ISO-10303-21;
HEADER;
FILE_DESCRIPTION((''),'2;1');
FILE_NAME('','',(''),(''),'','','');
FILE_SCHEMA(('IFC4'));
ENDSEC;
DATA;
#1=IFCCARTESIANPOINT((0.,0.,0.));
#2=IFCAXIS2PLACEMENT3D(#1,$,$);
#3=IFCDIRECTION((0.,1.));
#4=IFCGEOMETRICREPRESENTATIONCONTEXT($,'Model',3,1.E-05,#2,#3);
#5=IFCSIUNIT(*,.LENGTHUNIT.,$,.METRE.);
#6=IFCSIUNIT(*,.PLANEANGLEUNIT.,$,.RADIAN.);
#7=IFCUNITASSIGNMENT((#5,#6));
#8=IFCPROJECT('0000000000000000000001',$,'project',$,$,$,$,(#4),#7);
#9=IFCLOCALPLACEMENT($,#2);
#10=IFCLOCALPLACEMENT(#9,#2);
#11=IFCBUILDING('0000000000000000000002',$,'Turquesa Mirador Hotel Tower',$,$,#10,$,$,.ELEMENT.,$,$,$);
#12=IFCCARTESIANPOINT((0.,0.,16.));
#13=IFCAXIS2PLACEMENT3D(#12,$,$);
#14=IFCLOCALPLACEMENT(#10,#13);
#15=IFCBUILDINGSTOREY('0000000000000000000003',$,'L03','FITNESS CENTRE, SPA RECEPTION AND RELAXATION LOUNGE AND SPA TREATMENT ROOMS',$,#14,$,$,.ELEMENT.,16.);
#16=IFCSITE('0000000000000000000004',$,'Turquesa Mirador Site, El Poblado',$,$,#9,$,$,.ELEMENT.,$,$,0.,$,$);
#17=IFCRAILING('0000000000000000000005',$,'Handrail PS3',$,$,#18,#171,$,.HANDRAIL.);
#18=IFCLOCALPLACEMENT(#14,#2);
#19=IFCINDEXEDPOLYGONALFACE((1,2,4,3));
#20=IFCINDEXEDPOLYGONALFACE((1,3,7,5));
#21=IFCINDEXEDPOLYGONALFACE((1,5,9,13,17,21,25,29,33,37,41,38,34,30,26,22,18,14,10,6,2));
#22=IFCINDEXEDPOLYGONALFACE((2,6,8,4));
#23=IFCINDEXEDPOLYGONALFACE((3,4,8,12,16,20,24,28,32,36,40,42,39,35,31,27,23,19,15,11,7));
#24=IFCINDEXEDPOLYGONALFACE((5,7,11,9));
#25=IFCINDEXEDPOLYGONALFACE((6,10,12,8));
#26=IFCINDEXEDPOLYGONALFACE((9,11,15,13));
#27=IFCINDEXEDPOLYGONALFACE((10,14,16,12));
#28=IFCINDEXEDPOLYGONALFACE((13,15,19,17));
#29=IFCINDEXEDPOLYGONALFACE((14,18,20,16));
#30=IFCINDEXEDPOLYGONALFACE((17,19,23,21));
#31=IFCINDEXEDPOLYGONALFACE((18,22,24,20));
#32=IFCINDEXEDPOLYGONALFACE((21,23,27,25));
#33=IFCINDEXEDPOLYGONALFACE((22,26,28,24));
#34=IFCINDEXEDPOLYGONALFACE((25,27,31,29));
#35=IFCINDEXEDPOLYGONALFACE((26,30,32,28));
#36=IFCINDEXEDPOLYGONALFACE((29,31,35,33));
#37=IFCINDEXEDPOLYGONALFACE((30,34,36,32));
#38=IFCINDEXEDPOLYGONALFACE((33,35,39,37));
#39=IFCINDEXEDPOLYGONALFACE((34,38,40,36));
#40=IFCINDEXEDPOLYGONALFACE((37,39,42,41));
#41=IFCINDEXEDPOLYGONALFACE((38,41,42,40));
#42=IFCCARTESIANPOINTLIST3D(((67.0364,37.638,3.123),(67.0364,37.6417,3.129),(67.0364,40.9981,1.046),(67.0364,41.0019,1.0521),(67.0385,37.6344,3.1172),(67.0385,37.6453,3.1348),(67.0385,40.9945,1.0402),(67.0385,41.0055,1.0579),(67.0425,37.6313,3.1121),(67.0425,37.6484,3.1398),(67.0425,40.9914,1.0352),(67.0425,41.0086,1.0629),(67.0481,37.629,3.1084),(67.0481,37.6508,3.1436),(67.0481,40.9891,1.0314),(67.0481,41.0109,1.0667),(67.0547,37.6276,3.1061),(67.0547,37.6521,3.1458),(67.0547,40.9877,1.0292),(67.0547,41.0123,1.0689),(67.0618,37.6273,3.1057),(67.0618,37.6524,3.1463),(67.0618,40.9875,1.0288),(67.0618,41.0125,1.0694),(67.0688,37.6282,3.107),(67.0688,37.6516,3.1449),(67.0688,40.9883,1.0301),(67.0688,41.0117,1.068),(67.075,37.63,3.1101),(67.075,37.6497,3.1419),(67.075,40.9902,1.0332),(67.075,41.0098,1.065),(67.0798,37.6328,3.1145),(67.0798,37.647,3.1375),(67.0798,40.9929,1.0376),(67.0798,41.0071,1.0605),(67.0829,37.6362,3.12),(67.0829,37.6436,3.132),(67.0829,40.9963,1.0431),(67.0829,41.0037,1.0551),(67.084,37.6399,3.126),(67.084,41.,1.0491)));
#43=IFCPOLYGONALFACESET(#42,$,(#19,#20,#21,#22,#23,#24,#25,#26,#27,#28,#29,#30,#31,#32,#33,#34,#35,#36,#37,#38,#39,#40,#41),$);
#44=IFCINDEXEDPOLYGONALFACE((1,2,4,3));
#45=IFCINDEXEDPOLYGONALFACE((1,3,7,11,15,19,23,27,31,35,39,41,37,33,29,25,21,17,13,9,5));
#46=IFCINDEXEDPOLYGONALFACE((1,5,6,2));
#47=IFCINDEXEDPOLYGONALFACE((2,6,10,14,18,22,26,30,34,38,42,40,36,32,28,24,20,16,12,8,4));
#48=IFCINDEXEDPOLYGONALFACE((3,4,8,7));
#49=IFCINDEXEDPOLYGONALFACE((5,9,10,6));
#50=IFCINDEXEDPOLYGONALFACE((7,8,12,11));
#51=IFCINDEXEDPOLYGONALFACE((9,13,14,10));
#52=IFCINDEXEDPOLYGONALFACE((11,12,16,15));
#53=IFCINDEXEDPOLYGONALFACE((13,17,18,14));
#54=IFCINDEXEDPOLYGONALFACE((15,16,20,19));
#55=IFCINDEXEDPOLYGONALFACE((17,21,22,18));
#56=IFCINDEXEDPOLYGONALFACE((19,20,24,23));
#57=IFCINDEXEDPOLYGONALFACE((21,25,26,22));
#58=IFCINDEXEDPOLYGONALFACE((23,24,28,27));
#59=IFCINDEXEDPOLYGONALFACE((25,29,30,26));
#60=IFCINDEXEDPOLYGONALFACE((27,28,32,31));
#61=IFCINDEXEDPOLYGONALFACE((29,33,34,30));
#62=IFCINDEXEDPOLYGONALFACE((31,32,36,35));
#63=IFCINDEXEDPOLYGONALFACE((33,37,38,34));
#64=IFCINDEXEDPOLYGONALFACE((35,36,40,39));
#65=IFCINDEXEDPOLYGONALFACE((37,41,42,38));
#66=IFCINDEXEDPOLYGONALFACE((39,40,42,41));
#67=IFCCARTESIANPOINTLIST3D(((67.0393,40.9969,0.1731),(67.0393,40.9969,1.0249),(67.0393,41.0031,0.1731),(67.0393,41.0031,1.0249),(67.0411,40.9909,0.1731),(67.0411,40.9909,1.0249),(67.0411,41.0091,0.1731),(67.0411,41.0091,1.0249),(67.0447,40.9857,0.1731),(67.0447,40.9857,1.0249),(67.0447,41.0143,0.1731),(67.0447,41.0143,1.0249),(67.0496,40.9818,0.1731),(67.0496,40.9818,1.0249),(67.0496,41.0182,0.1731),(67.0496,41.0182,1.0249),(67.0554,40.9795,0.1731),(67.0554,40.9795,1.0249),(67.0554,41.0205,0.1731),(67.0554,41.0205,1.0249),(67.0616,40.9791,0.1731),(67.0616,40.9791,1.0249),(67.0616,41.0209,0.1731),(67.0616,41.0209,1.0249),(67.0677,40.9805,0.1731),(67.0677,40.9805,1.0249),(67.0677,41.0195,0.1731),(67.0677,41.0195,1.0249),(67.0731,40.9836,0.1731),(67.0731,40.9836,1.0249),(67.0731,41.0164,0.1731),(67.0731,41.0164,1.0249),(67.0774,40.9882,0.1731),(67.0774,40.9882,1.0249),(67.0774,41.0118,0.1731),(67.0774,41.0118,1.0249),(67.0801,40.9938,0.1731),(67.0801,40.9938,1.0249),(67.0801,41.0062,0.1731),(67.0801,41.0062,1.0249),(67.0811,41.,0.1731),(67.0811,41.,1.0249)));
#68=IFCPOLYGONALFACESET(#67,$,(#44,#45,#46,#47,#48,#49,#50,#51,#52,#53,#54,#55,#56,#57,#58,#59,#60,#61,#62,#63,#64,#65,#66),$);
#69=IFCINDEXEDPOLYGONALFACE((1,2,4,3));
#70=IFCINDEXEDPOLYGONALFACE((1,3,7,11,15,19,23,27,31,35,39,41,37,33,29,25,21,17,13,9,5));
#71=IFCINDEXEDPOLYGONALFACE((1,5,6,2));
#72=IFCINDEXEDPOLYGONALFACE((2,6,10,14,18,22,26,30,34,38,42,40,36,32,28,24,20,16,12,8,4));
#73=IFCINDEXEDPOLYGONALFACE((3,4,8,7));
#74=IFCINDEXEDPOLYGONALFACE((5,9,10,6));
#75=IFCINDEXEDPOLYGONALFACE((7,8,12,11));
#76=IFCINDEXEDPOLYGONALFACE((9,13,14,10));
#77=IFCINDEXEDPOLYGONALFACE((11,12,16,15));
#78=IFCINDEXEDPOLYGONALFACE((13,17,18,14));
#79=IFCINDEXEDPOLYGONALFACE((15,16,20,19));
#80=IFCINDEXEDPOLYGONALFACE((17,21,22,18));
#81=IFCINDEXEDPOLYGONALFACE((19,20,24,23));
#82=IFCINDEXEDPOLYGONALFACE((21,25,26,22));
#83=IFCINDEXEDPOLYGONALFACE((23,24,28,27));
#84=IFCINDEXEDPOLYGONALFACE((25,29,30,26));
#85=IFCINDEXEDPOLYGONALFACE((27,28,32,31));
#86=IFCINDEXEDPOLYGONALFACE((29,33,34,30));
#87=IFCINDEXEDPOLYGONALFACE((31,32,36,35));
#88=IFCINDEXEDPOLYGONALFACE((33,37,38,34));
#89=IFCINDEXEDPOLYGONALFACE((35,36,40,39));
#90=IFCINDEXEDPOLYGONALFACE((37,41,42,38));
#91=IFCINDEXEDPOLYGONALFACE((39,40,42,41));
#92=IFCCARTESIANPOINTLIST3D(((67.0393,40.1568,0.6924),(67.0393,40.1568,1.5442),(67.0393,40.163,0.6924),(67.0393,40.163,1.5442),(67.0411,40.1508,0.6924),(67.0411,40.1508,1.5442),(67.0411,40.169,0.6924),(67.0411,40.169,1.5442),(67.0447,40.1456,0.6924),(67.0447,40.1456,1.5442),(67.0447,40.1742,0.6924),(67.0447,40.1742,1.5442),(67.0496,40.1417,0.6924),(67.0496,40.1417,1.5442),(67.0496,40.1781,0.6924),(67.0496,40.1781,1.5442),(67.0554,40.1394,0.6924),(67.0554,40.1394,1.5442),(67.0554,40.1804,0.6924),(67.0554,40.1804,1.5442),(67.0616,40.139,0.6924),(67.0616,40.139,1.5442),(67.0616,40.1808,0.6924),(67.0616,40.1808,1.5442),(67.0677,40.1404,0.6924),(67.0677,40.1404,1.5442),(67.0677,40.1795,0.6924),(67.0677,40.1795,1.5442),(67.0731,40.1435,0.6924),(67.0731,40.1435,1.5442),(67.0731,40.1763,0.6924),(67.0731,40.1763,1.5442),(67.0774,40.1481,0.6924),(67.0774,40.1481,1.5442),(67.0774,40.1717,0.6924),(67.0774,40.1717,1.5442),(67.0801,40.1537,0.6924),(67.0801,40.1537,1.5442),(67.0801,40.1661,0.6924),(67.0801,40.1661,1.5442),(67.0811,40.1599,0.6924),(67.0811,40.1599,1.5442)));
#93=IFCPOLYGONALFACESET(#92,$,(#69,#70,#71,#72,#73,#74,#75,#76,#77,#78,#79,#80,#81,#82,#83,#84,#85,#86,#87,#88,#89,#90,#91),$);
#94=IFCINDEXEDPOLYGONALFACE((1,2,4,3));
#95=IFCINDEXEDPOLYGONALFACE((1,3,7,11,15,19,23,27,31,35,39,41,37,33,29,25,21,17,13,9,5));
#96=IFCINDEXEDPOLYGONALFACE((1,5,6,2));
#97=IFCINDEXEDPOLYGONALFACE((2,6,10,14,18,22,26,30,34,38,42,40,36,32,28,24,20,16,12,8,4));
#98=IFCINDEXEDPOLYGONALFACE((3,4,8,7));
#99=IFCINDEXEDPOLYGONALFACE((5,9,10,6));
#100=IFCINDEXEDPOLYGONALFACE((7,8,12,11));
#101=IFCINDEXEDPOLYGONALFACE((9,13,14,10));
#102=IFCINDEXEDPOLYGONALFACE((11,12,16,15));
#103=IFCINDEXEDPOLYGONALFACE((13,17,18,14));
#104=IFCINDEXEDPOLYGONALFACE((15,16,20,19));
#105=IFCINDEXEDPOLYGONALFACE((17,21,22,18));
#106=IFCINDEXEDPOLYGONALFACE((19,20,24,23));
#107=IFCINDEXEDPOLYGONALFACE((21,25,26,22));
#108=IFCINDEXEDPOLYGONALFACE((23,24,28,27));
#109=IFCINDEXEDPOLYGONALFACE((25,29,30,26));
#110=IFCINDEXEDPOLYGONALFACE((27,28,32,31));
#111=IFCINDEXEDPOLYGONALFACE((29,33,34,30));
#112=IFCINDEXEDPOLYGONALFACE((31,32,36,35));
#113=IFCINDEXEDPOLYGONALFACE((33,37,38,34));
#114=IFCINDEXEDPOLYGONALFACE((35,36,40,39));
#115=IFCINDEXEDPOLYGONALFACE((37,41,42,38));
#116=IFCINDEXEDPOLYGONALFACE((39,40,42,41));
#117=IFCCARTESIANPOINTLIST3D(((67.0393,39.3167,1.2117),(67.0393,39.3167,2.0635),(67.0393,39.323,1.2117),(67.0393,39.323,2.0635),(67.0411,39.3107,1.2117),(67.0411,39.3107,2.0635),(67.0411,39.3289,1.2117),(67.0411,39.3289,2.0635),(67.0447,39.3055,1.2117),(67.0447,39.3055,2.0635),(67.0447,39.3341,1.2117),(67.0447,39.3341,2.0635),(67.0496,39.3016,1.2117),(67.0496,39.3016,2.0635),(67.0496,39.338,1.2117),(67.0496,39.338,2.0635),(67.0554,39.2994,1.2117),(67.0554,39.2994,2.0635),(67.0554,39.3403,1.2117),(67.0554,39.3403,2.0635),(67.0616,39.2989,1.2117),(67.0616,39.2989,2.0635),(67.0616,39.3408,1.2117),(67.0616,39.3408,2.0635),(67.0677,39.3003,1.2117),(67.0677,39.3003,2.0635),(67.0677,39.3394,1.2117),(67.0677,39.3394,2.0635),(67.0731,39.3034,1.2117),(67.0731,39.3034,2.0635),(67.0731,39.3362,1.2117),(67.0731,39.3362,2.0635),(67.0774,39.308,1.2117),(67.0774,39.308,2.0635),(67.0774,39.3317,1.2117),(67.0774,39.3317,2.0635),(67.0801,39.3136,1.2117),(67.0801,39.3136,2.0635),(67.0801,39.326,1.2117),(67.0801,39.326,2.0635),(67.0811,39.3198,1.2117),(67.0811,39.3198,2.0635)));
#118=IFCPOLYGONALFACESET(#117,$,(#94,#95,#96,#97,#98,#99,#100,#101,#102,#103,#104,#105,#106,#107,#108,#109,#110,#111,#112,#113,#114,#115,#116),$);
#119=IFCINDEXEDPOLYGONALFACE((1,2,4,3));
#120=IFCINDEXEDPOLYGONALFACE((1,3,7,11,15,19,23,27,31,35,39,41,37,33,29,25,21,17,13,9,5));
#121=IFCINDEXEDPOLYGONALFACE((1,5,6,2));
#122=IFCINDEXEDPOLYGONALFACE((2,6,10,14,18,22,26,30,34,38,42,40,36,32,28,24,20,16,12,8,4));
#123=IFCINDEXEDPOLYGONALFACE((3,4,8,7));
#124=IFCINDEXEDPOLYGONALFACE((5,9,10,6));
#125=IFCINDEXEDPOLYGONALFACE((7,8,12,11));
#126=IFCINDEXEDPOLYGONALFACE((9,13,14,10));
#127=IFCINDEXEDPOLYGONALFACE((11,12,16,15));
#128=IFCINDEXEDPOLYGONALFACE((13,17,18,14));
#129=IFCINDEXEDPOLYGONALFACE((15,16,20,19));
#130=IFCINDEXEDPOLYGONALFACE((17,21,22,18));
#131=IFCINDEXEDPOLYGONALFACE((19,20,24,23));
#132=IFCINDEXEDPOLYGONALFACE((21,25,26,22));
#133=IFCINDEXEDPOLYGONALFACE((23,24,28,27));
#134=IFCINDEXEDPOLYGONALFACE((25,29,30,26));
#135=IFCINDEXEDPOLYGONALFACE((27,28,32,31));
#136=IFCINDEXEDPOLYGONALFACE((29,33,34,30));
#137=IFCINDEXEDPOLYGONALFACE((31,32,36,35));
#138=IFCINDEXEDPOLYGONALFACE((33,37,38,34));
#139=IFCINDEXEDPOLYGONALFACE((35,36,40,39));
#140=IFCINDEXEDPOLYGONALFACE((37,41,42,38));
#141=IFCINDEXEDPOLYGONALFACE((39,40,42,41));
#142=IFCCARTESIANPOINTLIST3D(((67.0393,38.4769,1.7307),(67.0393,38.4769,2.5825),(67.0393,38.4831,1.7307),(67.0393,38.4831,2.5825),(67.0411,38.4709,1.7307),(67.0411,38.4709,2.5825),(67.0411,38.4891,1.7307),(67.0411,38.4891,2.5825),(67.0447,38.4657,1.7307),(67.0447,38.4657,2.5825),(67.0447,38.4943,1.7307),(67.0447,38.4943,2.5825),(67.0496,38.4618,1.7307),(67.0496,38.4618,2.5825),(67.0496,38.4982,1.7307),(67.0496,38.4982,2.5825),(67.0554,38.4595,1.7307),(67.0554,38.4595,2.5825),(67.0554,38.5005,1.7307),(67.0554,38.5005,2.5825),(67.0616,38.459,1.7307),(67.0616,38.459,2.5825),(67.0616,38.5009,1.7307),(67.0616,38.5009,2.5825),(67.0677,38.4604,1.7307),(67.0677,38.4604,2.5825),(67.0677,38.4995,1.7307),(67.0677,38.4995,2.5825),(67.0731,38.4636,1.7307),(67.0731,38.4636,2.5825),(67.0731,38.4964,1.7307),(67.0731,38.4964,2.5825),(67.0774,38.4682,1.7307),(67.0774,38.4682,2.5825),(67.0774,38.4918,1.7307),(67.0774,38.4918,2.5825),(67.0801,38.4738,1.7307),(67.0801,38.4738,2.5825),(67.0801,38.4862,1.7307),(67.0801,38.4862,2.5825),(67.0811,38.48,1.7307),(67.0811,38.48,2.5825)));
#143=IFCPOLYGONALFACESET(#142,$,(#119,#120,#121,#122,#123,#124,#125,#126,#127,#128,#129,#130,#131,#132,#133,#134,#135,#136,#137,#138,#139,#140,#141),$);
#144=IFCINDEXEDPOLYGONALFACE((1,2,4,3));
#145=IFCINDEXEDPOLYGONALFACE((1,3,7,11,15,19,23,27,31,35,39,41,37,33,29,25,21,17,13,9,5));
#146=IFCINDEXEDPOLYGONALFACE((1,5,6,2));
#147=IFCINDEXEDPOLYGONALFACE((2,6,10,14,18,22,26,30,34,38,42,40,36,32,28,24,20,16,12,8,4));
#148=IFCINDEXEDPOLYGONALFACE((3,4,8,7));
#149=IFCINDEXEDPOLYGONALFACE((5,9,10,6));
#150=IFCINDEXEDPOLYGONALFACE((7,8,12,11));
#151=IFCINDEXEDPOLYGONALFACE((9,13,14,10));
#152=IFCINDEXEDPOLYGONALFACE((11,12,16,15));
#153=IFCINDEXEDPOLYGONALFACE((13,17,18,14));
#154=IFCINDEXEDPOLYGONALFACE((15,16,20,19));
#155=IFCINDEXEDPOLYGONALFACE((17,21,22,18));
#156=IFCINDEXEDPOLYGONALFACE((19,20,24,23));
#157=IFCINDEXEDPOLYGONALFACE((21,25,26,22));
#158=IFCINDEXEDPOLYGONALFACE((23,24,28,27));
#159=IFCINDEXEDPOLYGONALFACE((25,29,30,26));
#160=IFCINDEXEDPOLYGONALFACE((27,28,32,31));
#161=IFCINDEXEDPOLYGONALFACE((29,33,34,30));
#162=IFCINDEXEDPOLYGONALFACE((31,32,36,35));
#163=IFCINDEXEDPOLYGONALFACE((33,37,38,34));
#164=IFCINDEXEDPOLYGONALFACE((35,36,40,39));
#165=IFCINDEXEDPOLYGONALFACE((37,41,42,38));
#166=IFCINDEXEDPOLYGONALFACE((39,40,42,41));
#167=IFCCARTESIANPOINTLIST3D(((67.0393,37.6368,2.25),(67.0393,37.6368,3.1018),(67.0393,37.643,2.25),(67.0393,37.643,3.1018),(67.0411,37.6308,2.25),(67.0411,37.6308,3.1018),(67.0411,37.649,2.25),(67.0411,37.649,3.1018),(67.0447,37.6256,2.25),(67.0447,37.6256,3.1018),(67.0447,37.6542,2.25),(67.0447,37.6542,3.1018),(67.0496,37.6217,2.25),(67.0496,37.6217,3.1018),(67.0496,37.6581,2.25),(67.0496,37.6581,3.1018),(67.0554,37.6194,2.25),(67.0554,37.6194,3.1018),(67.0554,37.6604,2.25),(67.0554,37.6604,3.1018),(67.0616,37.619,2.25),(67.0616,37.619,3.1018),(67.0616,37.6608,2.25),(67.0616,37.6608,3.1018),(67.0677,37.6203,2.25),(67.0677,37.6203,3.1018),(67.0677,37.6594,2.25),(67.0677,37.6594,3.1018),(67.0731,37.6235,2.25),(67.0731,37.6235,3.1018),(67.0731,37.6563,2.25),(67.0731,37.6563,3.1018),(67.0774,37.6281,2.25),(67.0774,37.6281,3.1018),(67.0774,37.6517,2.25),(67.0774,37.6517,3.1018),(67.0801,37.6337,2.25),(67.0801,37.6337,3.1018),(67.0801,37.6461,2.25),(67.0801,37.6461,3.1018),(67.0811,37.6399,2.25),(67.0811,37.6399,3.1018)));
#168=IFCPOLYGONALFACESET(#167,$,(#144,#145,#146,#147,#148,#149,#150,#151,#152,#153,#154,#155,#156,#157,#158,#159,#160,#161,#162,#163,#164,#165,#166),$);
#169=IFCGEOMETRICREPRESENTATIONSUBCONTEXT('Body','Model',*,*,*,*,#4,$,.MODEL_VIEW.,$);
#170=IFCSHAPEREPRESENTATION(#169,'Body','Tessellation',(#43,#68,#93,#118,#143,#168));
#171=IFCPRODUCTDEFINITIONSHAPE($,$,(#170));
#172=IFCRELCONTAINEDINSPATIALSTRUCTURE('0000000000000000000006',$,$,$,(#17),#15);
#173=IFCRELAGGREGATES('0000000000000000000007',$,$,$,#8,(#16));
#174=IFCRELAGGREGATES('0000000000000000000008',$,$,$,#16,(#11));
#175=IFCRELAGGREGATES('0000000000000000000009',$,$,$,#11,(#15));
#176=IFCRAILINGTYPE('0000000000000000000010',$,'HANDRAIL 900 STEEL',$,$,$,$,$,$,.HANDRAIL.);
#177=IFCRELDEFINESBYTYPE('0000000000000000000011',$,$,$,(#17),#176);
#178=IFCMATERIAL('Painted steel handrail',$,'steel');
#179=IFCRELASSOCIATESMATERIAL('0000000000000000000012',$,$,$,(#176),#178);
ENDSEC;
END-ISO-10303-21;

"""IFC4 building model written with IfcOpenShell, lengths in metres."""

from ifc_helpers import new_model, si_unit, direction, frame, origin, origin_2d, place, context, subcontext, project, spatial, circle, extrude, material, type_object, element, save


model = new_model("IFC4")

# Units and contexts
model_context = context("Model", 3, precision=1e-05, world=origin(), true_north=direction((0.0, 1.0)))
body_context = subcontext(model_context, "Body", "Model", "MODEL_VIEW")
ifc_project = project(units=[si_unit("LENGTHUNIT", "METRE"), si_unit("PLANEANGLEUNIT", "RADIAN")], contexts=[model_context])

# Site, building, storey
site_placement = place(None, origin())
site = spatial("IfcSite", under=ifc_project, at=site_placement, Name="Turquesa Mirador Site, El Poblado", CompositionType="ELEMENT", RefElevation=0.0)
building_placement = place(site_placement, origin())
building = spatial("IfcBuilding", under=site, at=building_placement, Name="Turquesa Mirador Hotel Tower", CompositionType="ELEMENT")
storey_placement = place(building_placement, frame((0.0, 0.0, 16.0)))
storey = spatial("IfcBuildingStorey", under=building, at=storey_placement, Name="L03", Description="FITNESS CENTRE, SPA RECEPTION AND RELAXATION LOUNGE AND SPA TREATMENT ROOMS", CompositionType="ELEMENT", Elevation=16.0)

# Railing
ifc_material_1 = material(Name="Painted steel handrail", Category="steel")
railing_type = type_object("IfcRailingType", Name="HANDRAIL 900 STEEL", PredefinedType="HANDRAIL", material=ifc_material_1)
railing_1_placement = place(storey_placement, frame((67.0601, 41.0, 0.1731)))
element("IfcRailing", 1, at=railing_1_placement, inside=storey, type_object=railing_type, Name="Handrail PS3", PredefinedType="HANDRAIL", context=body_context, shape_type="SweptSolid", body=[
    extrude(circle(Radius=0.0239, at=origin_2d()), frame((0.0, 0.0, 0.876), z_axis=(0.0, -0.850623, 0.525776), x_axis=(1.0, 0.0, 0.0)), (0.0, 0.0, 1.0), 3.9502),
    extrude(circle(Radius=0.021, at=origin_2d()), origin(), (0.0, 0.0, 1.0), 0.8518),
    extrude(circle(Radius=0.021, at=origin_2d()), frame((0.0, -0.8401, 0.5193)), (0.0, 0.0, 1.0), 0.8518),
    extrude(circle(Radius=0.021, at=origin_2d()), frame((0.0, -1.6802, 1.0386)), (0.0, 0.0, 1.0), 0.8518),
    extrude(circle(Radius=0.021, at=origin_2d()), frame((0.0, -2.52, 1.5576)), (0.0, 0.0, 1.0), 0.8518),
    extrude(circle(Radius=0.021, at=origin_2d()), frame((0.0, -3.3601, 2.0769)), (0.0, 0.0, 1.0), 0.8518),
])

save(model, "model.ifc")
